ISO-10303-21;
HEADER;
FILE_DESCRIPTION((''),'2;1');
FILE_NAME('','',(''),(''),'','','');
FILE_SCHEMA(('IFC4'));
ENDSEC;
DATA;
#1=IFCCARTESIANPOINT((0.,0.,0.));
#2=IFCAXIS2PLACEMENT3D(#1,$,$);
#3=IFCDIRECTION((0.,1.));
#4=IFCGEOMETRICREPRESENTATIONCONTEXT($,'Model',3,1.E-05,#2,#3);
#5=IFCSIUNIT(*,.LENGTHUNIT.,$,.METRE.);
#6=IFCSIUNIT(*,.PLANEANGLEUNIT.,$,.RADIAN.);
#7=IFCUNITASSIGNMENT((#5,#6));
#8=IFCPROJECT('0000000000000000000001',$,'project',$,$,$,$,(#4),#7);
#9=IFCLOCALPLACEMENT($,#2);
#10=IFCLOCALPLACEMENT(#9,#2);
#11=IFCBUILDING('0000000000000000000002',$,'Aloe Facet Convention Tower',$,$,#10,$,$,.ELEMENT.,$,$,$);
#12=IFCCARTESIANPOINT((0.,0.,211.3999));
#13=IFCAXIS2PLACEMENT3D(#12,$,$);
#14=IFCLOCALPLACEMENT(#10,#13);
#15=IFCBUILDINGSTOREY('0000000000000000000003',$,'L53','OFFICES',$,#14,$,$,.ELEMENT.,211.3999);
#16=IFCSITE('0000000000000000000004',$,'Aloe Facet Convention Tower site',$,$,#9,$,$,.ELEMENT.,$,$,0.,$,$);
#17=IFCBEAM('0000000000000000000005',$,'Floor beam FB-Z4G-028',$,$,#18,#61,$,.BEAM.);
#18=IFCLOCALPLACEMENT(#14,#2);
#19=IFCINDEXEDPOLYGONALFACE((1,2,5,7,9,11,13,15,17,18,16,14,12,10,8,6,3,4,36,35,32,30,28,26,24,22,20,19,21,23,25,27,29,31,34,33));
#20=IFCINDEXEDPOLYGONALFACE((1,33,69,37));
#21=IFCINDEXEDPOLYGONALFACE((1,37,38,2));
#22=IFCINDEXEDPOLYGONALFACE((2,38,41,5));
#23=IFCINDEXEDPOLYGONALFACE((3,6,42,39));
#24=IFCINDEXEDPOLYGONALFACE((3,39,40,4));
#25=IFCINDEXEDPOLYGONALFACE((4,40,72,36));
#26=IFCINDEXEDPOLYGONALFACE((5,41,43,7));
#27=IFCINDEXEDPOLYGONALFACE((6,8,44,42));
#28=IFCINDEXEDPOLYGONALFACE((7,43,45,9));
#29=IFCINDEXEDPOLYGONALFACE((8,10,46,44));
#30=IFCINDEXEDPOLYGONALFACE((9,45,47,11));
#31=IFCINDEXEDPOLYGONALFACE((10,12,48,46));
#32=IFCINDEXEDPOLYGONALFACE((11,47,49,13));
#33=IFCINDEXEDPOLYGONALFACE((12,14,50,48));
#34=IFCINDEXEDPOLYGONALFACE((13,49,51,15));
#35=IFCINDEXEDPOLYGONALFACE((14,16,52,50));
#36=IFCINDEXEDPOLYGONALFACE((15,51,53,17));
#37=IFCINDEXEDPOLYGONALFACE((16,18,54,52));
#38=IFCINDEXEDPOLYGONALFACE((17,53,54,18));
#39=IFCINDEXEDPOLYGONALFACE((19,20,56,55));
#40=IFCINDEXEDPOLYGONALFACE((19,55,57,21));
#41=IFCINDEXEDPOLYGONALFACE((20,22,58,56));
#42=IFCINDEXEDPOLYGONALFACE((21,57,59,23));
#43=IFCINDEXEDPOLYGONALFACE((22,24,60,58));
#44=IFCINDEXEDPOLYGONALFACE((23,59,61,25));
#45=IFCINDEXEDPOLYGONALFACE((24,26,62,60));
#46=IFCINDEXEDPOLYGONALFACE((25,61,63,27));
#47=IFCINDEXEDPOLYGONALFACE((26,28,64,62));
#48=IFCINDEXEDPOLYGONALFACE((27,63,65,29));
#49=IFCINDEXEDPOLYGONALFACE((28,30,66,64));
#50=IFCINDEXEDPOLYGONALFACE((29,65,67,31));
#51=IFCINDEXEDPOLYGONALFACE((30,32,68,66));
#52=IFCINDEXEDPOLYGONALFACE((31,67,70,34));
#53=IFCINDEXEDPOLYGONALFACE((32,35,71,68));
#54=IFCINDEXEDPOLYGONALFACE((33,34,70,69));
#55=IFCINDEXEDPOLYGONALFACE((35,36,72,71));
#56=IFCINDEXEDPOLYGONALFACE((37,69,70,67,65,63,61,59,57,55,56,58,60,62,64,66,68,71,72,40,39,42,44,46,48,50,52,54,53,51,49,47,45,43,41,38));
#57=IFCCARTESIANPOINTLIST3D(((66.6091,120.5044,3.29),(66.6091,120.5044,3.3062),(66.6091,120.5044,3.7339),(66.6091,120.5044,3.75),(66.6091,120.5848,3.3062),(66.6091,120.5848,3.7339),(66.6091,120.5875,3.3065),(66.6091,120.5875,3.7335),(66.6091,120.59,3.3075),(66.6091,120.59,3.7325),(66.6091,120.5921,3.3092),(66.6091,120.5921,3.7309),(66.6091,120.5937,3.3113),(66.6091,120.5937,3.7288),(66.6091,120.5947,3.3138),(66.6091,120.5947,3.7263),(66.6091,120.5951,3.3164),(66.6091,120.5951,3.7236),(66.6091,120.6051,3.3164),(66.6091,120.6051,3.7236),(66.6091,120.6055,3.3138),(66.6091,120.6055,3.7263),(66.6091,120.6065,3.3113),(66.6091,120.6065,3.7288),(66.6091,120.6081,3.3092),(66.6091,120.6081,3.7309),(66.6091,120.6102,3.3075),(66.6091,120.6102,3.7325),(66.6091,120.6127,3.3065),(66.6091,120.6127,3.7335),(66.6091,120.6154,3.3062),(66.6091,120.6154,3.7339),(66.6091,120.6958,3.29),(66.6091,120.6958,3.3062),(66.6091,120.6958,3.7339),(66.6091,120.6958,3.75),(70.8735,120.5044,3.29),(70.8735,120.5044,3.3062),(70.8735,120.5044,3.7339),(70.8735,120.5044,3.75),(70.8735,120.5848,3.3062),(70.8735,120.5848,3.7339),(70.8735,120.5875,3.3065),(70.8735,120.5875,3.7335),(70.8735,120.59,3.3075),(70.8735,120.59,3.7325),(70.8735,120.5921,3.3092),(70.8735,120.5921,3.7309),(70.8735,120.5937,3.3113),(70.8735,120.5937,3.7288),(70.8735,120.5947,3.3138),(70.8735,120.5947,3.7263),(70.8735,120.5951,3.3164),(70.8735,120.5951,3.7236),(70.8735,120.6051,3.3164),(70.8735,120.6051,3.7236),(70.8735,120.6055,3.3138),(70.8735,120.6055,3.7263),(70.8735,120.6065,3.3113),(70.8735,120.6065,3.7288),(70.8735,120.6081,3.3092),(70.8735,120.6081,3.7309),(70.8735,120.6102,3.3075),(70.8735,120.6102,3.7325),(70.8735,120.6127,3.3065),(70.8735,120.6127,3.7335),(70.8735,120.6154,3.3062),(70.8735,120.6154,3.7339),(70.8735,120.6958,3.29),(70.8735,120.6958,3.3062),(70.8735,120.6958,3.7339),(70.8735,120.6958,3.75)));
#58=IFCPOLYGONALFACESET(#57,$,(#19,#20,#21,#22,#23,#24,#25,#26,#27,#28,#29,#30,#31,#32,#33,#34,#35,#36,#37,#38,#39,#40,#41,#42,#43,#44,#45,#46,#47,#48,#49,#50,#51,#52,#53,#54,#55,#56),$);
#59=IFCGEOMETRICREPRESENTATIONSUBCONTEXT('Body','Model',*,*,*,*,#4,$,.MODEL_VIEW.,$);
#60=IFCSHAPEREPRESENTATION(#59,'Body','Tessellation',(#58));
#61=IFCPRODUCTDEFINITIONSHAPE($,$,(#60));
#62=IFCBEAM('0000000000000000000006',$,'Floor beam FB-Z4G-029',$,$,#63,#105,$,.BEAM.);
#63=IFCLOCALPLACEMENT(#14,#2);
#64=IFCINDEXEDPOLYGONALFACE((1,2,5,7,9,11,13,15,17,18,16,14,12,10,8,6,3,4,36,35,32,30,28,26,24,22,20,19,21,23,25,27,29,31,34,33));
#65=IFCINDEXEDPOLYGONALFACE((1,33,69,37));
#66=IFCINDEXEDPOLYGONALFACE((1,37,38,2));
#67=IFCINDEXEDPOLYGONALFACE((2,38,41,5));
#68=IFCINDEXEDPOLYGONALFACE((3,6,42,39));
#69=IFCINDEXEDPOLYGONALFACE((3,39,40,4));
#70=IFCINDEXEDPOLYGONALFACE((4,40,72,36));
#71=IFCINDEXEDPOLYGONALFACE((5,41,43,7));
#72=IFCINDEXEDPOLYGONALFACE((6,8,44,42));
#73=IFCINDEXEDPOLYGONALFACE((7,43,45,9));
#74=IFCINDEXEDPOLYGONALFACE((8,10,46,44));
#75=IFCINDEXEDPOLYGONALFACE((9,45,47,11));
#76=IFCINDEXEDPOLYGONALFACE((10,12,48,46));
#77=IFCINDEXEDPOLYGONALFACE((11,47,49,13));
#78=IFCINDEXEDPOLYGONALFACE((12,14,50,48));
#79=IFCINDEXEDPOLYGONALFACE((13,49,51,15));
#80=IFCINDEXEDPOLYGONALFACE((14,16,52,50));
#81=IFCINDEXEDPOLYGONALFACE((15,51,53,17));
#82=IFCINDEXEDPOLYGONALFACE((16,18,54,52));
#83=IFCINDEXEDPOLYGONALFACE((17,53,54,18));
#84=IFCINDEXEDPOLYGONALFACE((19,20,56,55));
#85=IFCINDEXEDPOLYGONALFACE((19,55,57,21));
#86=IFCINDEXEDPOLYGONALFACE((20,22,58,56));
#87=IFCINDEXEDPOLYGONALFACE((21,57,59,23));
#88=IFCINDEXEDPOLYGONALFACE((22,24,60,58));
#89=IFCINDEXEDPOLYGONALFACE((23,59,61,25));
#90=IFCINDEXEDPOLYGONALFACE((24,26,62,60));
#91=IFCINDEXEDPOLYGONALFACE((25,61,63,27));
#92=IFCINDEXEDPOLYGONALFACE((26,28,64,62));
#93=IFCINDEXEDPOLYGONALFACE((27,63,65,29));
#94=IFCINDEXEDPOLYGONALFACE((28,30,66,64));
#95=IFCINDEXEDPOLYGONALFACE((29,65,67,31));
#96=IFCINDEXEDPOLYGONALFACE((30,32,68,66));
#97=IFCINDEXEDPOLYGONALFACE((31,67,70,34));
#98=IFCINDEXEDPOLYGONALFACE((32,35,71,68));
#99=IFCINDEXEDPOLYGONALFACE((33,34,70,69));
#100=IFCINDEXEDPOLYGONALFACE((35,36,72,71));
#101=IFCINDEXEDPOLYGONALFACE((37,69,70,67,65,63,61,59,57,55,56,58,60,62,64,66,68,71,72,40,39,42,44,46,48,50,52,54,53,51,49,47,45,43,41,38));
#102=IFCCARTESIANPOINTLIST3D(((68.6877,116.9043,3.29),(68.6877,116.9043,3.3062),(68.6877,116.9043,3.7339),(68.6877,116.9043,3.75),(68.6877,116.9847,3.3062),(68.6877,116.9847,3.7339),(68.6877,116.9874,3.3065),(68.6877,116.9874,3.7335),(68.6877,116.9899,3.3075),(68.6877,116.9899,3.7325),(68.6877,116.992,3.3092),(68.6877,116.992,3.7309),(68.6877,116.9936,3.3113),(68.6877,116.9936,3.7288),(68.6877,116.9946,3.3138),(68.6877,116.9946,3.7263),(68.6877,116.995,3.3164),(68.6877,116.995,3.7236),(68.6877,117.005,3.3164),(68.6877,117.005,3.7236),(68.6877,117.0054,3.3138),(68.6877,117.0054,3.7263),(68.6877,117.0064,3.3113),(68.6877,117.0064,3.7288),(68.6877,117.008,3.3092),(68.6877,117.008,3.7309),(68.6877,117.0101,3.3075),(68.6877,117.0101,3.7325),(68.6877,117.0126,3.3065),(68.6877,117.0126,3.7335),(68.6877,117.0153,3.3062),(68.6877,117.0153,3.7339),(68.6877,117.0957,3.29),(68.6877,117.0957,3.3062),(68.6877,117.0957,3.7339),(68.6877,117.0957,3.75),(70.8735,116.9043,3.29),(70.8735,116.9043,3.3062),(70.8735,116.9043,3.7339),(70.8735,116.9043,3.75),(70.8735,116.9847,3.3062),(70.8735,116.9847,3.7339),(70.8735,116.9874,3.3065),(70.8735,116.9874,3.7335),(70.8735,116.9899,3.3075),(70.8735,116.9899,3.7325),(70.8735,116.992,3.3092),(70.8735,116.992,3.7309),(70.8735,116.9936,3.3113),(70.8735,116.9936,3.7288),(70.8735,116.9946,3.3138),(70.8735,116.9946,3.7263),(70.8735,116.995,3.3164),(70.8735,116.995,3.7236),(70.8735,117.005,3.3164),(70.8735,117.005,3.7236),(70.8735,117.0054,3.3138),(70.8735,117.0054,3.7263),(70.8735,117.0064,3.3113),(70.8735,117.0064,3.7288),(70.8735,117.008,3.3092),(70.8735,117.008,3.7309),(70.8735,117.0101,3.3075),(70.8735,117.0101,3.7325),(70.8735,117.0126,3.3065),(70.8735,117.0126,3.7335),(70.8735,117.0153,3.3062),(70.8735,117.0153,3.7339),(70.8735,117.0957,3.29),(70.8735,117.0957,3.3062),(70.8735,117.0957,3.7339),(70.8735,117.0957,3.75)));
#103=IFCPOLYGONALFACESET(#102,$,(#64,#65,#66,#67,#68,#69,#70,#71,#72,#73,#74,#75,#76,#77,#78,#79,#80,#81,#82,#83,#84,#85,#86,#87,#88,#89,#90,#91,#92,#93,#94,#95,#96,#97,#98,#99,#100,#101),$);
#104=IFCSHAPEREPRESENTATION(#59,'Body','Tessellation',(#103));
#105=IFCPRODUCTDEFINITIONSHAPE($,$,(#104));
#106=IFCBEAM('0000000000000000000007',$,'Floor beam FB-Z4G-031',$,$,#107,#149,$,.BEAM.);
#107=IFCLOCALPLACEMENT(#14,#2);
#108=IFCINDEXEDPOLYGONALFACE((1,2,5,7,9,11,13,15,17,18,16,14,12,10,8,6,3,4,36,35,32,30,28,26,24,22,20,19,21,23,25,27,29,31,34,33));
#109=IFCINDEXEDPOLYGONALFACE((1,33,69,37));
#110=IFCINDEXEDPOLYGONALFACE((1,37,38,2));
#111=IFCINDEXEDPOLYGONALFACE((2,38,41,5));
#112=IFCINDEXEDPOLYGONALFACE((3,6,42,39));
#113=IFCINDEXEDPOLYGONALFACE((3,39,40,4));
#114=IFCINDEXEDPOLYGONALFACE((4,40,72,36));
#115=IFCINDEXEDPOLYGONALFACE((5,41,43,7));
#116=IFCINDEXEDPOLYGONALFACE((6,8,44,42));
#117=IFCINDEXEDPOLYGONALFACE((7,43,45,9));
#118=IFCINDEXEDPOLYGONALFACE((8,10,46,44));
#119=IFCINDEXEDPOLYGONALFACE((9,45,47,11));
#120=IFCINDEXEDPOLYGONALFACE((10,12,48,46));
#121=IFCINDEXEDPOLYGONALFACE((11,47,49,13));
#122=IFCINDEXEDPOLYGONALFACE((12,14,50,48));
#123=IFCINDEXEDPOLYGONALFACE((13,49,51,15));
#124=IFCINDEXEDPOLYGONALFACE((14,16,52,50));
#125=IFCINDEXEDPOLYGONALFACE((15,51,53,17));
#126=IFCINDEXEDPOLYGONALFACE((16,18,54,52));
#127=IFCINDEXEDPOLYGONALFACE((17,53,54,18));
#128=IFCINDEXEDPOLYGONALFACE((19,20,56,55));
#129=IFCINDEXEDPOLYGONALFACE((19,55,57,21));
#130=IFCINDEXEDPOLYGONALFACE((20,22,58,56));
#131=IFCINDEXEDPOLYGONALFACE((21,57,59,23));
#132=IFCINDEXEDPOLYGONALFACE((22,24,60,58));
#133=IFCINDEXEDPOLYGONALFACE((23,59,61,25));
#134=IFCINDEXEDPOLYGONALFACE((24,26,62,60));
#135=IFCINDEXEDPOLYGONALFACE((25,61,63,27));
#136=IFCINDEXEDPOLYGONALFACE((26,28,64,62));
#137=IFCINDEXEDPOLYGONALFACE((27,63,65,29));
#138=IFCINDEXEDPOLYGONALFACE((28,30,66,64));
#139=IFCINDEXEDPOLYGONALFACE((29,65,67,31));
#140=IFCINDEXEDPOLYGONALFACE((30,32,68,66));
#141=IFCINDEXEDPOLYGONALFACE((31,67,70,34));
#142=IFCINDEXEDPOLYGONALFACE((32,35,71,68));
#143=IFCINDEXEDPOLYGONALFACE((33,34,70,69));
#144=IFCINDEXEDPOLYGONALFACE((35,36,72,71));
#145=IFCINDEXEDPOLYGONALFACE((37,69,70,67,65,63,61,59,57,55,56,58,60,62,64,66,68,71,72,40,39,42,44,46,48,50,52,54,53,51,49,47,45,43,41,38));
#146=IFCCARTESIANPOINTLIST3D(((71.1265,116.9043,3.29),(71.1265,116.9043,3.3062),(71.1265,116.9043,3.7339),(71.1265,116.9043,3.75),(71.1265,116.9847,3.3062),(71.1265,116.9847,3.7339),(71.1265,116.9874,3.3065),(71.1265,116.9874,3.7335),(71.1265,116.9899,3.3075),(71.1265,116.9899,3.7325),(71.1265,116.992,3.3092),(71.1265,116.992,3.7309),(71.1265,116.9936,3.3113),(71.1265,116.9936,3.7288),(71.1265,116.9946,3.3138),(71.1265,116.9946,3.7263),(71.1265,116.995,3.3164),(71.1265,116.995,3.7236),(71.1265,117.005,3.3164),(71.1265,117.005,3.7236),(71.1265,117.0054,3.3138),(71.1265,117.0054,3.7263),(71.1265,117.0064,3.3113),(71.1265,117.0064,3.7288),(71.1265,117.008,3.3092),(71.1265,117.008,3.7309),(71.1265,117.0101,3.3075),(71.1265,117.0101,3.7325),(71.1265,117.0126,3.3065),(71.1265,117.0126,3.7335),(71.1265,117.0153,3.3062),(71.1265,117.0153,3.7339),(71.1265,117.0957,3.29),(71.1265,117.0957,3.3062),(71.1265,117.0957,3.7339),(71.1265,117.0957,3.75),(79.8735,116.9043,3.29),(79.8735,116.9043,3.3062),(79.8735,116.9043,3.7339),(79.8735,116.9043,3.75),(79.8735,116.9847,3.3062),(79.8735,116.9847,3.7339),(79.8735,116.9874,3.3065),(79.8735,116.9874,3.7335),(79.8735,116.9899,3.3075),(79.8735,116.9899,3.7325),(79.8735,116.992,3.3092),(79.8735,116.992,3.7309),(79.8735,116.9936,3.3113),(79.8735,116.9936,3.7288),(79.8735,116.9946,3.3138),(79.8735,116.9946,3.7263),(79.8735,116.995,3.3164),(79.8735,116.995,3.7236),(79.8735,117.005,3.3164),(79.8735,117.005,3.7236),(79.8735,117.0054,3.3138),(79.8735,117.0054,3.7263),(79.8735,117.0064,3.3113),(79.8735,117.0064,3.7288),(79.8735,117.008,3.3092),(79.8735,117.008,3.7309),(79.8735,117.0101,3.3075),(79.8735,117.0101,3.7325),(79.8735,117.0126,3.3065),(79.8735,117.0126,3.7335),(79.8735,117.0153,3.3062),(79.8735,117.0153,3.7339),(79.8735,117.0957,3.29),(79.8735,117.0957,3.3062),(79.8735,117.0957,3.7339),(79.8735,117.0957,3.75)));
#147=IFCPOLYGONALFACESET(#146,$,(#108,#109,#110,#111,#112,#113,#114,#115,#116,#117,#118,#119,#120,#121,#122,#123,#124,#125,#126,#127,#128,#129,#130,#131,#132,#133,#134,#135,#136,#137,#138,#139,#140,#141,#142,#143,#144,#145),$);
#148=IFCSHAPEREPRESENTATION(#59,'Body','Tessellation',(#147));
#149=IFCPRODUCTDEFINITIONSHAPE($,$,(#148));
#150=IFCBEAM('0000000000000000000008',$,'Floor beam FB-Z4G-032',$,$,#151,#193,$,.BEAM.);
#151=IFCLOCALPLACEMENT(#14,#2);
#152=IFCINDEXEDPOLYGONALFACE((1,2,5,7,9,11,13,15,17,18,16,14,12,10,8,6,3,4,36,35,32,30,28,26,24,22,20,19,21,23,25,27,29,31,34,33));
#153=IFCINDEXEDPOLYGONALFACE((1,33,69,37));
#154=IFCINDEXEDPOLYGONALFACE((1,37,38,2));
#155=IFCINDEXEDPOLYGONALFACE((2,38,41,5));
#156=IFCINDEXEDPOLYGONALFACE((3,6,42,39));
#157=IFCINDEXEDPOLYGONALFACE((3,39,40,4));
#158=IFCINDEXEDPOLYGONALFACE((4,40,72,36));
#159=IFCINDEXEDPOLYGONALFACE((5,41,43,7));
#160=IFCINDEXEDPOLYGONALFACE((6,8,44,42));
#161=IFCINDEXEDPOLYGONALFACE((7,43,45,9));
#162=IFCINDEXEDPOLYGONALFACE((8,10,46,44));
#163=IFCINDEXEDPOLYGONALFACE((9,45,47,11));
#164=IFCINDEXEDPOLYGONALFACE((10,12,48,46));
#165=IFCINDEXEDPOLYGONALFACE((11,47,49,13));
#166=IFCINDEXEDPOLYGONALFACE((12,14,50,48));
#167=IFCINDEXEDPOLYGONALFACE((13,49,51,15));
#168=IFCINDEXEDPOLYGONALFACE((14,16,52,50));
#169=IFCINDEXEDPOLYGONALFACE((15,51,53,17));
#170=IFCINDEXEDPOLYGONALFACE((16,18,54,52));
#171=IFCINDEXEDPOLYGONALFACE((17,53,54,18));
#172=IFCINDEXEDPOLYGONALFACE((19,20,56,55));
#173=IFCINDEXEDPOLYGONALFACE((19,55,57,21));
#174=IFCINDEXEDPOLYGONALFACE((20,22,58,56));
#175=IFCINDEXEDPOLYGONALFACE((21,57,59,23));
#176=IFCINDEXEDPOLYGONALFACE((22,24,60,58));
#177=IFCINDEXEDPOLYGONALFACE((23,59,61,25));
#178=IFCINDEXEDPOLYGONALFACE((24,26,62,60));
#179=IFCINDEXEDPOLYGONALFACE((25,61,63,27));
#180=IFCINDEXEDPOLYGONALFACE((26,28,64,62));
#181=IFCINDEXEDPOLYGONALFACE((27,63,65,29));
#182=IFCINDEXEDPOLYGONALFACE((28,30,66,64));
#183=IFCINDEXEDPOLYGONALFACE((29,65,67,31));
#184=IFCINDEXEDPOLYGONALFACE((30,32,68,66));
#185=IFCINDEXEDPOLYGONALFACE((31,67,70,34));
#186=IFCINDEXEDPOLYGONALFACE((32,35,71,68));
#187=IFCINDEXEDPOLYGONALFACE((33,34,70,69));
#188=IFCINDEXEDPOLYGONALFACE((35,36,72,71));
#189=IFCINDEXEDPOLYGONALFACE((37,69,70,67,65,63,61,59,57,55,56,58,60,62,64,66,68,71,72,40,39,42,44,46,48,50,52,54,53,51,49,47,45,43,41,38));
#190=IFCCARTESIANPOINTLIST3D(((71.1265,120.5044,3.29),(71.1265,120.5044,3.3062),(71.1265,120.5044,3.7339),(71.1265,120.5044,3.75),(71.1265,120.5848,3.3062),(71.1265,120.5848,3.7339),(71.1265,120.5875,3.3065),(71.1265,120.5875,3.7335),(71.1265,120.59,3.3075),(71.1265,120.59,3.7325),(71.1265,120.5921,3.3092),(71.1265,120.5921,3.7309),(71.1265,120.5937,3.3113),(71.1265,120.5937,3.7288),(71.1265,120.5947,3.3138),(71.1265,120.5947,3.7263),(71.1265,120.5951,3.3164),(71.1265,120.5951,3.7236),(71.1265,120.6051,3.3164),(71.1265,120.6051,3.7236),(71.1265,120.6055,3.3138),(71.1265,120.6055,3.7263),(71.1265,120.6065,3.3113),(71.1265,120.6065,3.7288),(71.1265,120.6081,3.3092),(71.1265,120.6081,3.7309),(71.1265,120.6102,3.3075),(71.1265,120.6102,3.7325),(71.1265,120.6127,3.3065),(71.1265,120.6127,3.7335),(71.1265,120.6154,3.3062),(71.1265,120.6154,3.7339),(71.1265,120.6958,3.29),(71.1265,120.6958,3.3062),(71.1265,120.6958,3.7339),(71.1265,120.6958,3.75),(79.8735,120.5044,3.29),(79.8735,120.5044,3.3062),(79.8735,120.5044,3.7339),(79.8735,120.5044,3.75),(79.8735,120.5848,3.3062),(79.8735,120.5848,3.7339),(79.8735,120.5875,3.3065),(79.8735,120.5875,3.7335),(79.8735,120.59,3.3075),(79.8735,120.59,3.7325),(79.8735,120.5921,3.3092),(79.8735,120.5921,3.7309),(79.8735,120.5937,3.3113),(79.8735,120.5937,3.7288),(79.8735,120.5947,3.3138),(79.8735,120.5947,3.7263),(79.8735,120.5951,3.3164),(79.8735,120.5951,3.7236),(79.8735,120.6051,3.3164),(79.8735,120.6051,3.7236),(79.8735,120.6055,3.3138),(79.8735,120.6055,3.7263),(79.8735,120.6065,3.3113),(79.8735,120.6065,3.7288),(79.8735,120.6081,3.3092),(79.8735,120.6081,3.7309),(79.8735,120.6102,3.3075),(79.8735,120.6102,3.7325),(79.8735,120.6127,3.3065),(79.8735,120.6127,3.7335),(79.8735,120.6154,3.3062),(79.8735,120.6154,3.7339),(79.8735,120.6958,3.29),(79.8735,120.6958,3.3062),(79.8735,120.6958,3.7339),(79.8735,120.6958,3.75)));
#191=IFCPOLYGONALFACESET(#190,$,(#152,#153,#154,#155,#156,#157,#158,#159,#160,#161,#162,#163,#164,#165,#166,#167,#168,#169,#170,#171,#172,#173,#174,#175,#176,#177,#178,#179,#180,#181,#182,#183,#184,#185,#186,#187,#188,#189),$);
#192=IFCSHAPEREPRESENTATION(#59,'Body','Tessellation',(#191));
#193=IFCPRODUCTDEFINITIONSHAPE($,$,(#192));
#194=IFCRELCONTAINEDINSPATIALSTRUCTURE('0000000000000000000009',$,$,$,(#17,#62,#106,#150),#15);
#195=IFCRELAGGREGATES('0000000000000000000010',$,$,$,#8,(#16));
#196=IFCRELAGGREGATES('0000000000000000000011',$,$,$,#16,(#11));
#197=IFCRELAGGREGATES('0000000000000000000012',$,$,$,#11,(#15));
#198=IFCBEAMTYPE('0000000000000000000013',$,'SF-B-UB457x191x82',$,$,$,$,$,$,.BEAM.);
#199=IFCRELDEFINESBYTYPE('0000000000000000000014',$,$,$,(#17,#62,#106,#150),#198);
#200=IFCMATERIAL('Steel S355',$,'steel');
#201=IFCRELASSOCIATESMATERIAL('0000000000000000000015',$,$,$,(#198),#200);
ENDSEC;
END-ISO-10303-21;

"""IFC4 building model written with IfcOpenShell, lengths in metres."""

from ifc_helpers import new_model, si_unit, direction, frame, origin, origin_2d, place, context, subcontext, project, spatial, i_section, extrude, material, material_profile, profile_set, type_object, element, save


model = new_model("IFC4")

# Units and contexts
model_context = context("Model", 3, precision=1e-05, world=origin(), true_north=direction((0.0, 1.0)))
body_context = subcontext(model_context, "Body", "Model", "MODEL_VIEW")
ifc_project = project(units=[si_unit("LENGTHUNIT", "METRE"), si_unit("PLANEANGLEUNIT", "RADIAN")], contexts=[model_context])

# Site, building, storey
site_placement = place(None, origin())
site = spatial("IfcSite", under=ifc_project, at=site_placement, Name="Aloe Facet Convention Tower site", CompositionType="ELEMENT", RefElevation=0.0)
building_placement = place(site_placement, origin())
building = spatial("IfcBuilding", under=site, at=building_placement, Name="Aloe Facet Convention Tower", CompositionType="ELEMENT")
storey_placement = place(building_placement, frame((0.0, 0.0, 211.3999)))
storey = spatial("IfcBuildingStorey", under=building, at=storey_placement, Name="L53", Description="OFFICES", CompositionType="ELEMENT", Elevation=211.3999)

# Beams
ifc_material_1 = material(Name="Steel S355", Category="steel")
ifc_material_profile_1 = material_profile(ifc_material_1, i_section(OverallWidth=0.1914, OverallDepth=0.46, WebThickness=0.01, FlangeThickness=0.0161, FilletRadius=0.0103, at=origin_2d()), Name="UB 457x191x82")
ifc_profile_set_1 = profile_set([ifc_material_profile_1], Name="Steel S355")
beam_type_1 = type_object("IfcBeamType", Name="SF-B-UB457x191x82", PredefinedType="BEAM", material=ifc_profile_set_1)
beam_1_placement = place(storey_placement, frame((66.6091, 120.6001, 3.52), z_axis=(1.0, 0.0, 0.0), x_axis=(0.0, 1.0, 0.0)))
element("IfcBeam", 1, at=beam_1_placement, inside=storey, type_object=beam_type_1, Name="Floor beam FB-Z4G-028", PredefinedType="BEAM", context=body_context, shape_type="SweptSolid", body=[
    extrude(i_section(OverallWidth=0.1914, OverallDepth=0.46, WebThickness=0.01, FlangeThickness=0.0161, FilletRadius=0.0103, at=origin_2d()), origin(), (0.0, 0.0, 1.0), 4.2644),
])
beam_2_placement = place(storey_placement, frame((68.6877, 117.0, 3.52), z_axis=(1.0, 0.0, 0.0), x_axis=(0.0, 1.0, 0.0)))
element("IfcBeam", 2, at=beam_2_placement, inside=storey, type_object=beam_type_1, Name="Floor beam FB-Z4G-029", PredefinedType="BEAM", context=body_context, shape_type="SweptSolid", body=[
    extrude(i_section(OverallWidth=0.1914, OverallDepth=0.46, WebThickness=0.01, FlangeThickness=0.0161, FilletRadius=0.0103, at=origin_2d()), origin(), (0.0, 0.0, 1.0), 2.1858),
])
for number, where, z_axis, x_axis, name in (
    (3, (71.1265, 117.0, 3.52), (1.0, 0.0, 0.0), (0.0, 1.0, 0.0), "Floor beam FB-Z4G-031"),
    (4, (71.1265, 120.6001, 3.52), (1.0, 0.0, 0.0), (0.0, 1.0, 0.0), "Floor beam FB-Z4G-032"),
):
    element("IfcBeam", number, at=place(storey_placement, frame(where, z_axis=z_axis, x_axis=x_axis)), inside=storey, type_object=beam_type_1, Name=name, PredefinedType="BEAM", context=body_context, shape_type="SweptSolid", body=[
        extrude(i_section(OverallWidth=0.1914, OverallDepth=0.46, WebThickness=0.01, FlangeThickness=0.0161, FilletRadius=0.0103, at=origin_2d()), origin(), (0.0, 0.0, 1.0), 8.7471),
    ])

save(model, "model.ifc")
